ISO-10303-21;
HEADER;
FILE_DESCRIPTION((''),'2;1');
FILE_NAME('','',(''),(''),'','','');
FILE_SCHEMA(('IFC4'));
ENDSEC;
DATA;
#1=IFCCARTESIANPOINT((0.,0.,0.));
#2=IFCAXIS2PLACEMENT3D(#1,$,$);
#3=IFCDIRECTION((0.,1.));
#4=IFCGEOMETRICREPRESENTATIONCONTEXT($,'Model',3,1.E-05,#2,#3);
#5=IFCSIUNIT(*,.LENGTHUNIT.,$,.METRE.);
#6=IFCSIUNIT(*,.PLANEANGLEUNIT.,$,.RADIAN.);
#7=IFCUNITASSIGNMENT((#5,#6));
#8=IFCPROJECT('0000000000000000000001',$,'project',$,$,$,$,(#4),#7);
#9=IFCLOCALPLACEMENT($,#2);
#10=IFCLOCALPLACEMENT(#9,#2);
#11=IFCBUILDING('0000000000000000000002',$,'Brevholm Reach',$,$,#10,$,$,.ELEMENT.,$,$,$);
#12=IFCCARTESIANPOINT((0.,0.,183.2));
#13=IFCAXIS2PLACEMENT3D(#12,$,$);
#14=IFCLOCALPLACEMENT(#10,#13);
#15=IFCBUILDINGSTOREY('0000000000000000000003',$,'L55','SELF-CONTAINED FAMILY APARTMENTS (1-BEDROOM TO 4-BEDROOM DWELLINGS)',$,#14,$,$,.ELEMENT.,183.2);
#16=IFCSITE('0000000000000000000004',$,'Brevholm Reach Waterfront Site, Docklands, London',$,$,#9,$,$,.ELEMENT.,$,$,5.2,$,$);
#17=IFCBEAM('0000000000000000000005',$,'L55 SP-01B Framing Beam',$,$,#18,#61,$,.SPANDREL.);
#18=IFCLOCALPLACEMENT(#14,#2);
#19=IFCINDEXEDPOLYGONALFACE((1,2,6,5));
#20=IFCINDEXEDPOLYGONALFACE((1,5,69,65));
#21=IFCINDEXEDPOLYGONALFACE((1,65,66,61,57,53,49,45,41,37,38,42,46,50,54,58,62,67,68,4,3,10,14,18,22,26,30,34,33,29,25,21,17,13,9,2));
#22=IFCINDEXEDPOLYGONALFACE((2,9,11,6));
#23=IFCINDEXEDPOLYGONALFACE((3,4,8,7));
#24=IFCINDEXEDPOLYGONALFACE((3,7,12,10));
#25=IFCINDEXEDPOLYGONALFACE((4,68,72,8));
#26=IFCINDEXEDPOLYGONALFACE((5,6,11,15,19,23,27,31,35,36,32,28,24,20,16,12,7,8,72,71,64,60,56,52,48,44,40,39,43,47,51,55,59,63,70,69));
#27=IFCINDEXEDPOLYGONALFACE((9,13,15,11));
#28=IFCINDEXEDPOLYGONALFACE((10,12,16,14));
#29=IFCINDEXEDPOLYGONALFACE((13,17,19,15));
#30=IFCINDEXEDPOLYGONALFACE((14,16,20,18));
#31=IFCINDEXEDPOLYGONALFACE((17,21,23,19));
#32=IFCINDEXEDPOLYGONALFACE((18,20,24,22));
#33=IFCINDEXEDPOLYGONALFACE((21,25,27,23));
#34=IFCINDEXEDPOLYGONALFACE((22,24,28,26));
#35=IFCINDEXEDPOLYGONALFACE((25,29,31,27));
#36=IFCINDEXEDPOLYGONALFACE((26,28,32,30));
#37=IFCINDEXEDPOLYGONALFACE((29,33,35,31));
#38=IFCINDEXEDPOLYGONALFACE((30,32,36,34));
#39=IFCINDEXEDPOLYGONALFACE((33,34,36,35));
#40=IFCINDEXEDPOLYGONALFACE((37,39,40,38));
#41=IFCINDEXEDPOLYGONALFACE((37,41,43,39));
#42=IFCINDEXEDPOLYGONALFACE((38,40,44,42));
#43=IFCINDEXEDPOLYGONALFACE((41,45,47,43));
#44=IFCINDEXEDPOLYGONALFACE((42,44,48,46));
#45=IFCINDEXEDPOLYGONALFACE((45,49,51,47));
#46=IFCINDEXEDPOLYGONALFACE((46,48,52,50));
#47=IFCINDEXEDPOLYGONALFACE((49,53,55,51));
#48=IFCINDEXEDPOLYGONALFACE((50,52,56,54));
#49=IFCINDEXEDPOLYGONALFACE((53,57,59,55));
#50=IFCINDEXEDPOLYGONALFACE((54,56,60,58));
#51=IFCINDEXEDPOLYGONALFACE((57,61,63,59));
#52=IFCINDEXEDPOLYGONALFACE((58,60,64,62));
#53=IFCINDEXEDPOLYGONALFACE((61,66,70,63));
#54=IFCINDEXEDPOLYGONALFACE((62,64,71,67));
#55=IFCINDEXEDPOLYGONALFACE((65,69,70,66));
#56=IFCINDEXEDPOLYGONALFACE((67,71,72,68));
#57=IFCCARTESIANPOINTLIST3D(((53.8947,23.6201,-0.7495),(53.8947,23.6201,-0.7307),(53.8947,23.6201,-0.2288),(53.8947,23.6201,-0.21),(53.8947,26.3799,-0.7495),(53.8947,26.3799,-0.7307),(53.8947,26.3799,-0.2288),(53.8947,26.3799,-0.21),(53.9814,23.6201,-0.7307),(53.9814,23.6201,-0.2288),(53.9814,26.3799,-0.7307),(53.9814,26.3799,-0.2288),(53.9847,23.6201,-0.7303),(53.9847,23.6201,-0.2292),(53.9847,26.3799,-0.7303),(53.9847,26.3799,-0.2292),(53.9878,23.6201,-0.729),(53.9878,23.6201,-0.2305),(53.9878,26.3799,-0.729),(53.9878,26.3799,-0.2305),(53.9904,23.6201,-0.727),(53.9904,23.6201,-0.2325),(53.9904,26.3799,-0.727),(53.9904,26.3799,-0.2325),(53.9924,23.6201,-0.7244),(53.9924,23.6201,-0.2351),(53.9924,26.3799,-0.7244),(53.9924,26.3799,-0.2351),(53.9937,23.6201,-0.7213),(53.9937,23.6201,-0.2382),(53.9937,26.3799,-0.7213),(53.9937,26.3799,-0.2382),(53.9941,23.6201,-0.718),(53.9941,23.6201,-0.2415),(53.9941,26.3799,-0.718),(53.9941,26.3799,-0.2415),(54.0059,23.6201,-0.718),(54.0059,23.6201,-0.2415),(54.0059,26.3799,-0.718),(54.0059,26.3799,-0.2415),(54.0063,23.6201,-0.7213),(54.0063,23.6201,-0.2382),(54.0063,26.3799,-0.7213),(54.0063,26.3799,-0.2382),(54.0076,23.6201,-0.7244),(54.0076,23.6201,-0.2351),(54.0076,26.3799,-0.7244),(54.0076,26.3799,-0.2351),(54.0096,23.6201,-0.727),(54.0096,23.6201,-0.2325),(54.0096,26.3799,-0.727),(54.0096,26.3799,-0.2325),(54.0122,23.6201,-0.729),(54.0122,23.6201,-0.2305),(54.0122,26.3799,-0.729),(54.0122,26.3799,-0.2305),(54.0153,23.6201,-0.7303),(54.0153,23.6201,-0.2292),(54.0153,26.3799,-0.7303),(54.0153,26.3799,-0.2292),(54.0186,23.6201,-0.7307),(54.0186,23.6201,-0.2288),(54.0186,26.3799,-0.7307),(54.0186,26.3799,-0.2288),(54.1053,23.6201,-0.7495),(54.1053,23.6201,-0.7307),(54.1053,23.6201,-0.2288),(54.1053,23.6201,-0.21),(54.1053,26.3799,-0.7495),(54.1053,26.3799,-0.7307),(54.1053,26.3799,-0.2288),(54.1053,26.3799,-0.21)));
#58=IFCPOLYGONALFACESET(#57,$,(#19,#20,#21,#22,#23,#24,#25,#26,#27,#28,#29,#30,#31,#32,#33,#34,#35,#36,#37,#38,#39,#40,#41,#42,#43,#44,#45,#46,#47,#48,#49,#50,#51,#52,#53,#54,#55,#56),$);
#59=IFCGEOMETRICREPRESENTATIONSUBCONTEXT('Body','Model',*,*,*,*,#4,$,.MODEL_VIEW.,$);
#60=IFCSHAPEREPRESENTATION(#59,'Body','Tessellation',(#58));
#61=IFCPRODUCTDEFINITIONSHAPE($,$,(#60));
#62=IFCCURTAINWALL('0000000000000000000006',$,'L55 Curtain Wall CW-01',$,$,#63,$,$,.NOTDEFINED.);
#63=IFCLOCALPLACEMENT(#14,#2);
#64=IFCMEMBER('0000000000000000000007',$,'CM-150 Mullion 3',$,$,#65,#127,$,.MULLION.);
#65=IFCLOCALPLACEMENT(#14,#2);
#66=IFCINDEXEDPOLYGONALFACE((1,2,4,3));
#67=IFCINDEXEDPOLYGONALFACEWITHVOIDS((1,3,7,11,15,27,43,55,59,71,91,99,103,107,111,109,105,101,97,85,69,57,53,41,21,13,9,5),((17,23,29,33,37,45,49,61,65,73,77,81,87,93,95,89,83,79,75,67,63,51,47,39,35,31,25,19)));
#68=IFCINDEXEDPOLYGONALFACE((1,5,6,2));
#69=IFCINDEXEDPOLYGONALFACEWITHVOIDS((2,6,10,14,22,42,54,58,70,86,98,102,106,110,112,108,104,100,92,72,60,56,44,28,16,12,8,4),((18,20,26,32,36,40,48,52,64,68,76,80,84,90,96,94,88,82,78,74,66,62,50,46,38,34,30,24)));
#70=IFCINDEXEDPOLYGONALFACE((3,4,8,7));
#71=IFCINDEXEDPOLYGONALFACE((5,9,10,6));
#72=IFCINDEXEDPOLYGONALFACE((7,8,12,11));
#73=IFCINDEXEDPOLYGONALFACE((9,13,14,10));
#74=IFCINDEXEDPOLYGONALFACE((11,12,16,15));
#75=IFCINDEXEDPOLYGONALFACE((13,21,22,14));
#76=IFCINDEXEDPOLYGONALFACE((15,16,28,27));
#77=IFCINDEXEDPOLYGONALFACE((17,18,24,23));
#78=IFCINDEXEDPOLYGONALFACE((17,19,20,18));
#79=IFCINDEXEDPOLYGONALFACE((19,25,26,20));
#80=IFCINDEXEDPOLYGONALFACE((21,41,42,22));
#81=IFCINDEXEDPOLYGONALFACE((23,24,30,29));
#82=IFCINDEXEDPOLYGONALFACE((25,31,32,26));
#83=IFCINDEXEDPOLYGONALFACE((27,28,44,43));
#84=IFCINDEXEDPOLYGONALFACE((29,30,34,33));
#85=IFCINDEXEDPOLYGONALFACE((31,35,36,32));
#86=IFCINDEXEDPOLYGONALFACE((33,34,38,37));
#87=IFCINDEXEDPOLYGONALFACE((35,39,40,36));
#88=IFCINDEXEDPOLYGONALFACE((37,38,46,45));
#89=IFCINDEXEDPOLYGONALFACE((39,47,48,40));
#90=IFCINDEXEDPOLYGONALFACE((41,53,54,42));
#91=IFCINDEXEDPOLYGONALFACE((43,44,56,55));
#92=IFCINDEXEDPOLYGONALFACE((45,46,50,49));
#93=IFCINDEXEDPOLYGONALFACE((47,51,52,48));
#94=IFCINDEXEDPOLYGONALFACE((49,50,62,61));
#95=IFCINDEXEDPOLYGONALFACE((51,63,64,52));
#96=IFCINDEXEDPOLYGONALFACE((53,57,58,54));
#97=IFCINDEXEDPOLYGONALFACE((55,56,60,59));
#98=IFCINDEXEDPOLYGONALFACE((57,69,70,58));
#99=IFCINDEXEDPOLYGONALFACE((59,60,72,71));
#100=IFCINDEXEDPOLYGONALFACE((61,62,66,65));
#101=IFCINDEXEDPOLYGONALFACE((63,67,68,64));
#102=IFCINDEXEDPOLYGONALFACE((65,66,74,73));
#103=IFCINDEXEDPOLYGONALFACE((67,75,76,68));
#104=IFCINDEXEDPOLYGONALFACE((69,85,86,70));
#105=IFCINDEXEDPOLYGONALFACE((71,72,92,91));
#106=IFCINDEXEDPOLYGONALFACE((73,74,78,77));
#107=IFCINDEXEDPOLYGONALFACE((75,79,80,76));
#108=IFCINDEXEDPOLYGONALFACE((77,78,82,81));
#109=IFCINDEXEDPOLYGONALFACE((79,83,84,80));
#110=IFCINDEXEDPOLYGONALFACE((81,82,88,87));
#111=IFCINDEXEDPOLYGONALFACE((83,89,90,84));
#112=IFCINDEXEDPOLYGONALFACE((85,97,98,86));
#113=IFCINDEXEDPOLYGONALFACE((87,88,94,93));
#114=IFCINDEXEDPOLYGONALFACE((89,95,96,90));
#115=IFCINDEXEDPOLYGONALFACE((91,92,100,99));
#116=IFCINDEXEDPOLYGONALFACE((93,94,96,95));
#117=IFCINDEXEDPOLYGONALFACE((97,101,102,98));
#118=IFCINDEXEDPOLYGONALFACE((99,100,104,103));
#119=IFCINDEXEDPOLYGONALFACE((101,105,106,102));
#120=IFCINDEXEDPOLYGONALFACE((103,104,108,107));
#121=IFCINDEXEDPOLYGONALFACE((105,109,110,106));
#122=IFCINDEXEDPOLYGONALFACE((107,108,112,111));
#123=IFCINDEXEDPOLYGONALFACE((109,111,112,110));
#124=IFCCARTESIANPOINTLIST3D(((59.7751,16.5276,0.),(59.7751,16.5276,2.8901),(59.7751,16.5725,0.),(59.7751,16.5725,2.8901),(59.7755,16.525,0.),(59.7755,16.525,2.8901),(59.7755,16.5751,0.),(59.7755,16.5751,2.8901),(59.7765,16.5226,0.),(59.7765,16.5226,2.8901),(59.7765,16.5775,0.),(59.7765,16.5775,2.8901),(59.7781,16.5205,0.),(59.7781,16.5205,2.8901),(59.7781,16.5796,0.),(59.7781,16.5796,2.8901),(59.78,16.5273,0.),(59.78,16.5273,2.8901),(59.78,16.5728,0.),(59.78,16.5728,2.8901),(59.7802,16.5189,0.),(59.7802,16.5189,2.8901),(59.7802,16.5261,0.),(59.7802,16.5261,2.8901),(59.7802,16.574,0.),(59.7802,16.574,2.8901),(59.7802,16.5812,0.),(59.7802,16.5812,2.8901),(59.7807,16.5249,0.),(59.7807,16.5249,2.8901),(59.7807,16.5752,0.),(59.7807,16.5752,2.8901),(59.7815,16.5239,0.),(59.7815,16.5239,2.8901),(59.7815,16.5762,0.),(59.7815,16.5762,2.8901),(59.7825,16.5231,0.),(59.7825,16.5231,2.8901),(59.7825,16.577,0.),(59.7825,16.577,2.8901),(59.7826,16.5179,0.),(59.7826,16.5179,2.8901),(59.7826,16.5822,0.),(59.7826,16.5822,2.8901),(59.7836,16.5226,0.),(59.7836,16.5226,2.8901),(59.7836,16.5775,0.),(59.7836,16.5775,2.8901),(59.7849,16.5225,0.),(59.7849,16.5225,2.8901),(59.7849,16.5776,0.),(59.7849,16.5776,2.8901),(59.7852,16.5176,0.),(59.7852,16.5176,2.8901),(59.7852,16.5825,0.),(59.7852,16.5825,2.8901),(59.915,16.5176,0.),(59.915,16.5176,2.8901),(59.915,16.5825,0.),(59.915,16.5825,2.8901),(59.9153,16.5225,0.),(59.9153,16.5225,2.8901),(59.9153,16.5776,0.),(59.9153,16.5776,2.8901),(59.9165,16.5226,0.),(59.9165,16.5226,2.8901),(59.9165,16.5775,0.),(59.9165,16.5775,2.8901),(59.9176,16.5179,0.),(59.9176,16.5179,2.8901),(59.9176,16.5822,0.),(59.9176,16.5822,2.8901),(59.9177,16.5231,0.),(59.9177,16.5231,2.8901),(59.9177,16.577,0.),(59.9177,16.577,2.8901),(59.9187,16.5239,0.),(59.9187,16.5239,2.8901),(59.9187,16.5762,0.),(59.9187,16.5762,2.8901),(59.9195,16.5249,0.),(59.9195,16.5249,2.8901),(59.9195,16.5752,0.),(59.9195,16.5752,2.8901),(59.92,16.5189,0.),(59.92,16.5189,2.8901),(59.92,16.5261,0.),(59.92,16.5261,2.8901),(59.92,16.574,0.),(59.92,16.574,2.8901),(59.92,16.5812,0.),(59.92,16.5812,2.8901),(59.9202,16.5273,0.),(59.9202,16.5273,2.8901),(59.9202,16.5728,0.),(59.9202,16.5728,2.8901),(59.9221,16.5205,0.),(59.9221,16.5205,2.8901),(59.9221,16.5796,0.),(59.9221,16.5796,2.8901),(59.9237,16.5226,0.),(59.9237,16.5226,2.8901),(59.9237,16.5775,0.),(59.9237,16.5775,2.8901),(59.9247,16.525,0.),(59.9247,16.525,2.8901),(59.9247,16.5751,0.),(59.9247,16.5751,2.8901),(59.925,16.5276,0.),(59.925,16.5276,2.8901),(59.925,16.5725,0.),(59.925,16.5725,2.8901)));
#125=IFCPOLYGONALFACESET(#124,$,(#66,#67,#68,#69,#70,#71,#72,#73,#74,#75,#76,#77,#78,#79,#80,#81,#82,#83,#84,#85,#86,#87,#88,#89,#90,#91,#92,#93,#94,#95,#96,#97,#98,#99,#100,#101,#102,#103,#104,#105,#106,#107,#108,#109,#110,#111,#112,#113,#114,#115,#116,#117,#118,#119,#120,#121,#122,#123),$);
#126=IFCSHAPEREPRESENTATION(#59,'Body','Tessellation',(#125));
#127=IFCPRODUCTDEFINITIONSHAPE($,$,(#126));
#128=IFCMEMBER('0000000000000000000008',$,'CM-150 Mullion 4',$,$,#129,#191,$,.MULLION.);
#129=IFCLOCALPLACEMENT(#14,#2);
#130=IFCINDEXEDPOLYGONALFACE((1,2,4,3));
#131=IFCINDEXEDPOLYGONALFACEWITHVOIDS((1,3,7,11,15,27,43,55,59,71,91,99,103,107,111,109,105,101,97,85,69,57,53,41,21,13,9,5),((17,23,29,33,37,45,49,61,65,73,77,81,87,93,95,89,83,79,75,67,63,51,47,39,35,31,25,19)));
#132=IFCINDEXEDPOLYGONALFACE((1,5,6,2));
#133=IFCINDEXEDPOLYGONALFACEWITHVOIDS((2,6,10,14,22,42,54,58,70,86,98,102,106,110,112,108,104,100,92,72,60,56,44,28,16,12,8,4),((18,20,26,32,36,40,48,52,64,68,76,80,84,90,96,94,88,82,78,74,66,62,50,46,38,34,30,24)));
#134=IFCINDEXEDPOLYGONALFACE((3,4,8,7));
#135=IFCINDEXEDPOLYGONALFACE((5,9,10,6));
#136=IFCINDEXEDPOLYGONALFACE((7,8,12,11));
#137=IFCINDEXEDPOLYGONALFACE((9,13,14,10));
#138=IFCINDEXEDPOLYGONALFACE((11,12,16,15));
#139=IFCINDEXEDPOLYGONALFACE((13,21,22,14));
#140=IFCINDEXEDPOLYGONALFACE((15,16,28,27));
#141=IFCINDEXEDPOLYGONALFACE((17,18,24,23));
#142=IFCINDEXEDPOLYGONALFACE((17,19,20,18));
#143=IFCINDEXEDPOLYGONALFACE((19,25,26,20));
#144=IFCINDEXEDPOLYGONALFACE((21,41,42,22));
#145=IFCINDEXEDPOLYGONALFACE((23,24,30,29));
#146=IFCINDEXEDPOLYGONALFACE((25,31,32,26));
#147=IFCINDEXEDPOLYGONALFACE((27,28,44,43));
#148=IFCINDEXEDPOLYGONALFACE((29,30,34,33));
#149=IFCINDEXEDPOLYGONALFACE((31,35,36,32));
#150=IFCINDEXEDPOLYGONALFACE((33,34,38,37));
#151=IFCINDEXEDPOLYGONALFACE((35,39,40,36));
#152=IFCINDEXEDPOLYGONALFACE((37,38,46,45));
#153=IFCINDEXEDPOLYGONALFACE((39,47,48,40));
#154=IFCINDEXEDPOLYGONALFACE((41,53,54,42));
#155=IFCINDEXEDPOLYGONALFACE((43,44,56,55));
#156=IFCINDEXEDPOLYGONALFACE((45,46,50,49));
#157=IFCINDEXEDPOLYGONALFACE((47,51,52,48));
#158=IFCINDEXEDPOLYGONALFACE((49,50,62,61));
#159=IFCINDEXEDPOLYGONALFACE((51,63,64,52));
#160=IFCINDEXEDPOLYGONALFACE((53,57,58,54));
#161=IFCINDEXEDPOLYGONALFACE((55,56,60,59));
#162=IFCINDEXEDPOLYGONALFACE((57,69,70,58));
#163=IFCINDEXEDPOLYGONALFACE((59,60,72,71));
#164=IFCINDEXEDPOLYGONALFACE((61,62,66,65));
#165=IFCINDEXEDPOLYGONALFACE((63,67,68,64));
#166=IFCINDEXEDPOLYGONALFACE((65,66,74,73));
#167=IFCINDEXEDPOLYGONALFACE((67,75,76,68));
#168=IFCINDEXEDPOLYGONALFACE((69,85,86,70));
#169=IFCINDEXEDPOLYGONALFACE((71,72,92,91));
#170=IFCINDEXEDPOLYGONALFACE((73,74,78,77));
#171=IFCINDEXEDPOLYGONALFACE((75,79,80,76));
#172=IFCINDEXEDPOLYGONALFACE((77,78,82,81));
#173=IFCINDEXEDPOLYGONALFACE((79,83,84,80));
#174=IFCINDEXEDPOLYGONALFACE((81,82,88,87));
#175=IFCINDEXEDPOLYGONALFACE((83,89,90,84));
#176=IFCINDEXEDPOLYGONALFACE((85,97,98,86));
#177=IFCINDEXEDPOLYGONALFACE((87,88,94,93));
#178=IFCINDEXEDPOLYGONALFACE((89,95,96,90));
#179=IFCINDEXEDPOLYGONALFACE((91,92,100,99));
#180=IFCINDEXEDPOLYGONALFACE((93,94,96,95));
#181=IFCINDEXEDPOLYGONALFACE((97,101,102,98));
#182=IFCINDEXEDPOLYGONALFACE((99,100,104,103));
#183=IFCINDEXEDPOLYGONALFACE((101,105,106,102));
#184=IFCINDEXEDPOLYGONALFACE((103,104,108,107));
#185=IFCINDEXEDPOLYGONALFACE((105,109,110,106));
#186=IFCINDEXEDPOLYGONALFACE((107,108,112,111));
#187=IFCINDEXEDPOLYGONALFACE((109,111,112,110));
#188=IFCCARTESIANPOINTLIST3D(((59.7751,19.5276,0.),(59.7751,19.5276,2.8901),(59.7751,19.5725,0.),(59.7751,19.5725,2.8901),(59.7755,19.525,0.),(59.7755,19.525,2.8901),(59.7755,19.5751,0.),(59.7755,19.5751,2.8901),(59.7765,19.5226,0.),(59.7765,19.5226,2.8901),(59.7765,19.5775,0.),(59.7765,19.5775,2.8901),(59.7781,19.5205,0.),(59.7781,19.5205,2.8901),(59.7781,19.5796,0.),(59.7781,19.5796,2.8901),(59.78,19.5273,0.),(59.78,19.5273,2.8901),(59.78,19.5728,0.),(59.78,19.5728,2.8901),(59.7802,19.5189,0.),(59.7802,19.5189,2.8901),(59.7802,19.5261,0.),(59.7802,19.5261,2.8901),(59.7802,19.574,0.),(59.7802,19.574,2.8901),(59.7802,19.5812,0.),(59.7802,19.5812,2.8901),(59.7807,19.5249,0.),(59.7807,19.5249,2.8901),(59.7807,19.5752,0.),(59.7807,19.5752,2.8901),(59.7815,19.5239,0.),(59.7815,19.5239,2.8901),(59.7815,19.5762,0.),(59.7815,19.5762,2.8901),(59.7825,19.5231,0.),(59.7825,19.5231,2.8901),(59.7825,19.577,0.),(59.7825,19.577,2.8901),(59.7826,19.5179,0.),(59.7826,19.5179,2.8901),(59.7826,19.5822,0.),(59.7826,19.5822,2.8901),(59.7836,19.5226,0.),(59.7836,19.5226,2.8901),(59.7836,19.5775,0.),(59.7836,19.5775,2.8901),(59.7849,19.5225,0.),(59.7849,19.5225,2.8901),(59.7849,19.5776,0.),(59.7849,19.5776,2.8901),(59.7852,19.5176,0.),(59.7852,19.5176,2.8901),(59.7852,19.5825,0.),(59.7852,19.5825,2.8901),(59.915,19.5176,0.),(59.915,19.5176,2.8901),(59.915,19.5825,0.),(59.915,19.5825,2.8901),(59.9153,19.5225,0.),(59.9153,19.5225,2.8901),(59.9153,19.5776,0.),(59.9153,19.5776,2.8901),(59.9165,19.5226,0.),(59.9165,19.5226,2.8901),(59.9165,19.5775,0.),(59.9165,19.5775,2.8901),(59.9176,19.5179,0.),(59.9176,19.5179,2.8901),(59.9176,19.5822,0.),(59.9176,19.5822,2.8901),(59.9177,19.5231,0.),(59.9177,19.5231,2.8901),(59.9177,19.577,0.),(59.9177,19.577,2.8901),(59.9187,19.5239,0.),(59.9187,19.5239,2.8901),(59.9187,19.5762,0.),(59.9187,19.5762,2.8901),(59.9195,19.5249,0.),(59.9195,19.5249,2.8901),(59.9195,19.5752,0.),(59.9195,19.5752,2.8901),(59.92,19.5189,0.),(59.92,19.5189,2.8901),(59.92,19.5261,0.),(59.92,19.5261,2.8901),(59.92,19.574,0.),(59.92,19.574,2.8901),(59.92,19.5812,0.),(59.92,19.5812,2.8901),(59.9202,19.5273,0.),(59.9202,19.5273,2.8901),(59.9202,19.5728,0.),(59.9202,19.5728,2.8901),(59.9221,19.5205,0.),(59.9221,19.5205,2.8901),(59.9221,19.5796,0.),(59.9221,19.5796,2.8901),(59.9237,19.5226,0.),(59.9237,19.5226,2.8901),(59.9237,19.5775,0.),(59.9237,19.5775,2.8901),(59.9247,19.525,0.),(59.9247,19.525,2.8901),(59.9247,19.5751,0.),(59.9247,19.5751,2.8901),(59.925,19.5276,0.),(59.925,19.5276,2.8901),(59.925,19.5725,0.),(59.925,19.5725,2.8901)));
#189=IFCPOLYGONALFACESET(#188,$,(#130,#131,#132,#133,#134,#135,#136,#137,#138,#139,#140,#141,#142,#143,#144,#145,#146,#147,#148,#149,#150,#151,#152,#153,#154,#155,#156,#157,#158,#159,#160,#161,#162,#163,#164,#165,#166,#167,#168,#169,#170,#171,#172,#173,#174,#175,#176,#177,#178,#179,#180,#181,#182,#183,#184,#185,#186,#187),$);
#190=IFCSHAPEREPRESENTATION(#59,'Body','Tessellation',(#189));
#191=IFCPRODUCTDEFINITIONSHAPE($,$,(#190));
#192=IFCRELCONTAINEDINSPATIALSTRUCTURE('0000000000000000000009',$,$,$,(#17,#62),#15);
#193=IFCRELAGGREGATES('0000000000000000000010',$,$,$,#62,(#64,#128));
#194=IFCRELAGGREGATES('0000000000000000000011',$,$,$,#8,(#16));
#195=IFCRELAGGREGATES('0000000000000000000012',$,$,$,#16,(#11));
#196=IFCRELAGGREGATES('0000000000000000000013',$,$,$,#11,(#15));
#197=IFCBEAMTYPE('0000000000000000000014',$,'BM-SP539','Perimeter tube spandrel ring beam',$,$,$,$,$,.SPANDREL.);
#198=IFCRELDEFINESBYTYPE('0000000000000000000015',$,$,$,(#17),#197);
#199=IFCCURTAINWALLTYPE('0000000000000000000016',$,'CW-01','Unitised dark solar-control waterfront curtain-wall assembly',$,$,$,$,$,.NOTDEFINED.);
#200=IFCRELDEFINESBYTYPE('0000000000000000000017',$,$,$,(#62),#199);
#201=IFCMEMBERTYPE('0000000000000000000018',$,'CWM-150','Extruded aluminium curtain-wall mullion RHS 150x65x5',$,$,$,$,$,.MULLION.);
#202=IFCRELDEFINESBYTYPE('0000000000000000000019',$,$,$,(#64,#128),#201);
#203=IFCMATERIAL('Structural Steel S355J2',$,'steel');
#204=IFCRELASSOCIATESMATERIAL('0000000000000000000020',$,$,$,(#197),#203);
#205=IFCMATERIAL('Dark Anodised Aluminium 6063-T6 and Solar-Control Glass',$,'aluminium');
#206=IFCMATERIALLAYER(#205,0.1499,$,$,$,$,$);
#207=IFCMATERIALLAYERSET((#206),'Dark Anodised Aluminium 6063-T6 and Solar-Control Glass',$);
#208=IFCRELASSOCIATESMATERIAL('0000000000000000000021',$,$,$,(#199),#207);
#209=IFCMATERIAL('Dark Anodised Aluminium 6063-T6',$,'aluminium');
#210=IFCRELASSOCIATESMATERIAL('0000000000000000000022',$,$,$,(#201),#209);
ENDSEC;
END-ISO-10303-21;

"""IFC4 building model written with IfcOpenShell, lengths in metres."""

from ifc_helpers import new_model, si_unit, direction, frame, origin, origin_2d, place, context, subcontext, project, spatial, hollow_rectangle, i_section, extrude, material, layer, layer_set, material_profile, profile_set, type_object, element, aggregate, save


model = new_model("IFC4")

# Units and contexts
model_context = context("Model", 3, precision=1e-05, world=origin(), true_north=direction((0.0, 1.0)))
body_context = subcontext(model_context, "Body", "Model", "MODEL_VIEW")
ifc_project = project(units=[si_unit("LENGTHUNIT", "METRE"), si_unit("PLANEANGLEUNIT", "RADIAN")], contexts=[model_context])

# Site, building, storey
site_placement = place(None, origin())
site = spatial("IfcSite", under=ifc_project, at=site_placement, Name="Brevholm Reach Waterfront Site, Docklands, London", CompositionType="ELEMENT", RefElevation=5.2)
building_placement = place(site_placement, origin())
building = spatial("IfcBuilding", under=site, at=building_placement, Name="Brevholm Reach", CompositionType="ELEMENT")
storey_placement = place(building_placement, frame((0.0, 0.0, 183.2)))
storey = spatial("IfcBuildingStorey", under=building, at=storey_placement, Name="L55", Description="SELF-CONTAINED FAMILY APARTMENTS (1-BEDROOM TO 4-BEDROOM DWELLINGS)", CompositionType="ELEMENT", Elevation=183.2)

# Beam
ifc_material_1 = material(Name="Structural Steel S355J2", Category="steel")
ifc_material_profile_1 = material_profile(ifc_material_1, i_section(OverallWidth=0.2107, OverallDepth=0.5396, WebThickness=0.0117, FlangeThickness=0.0188, FilletRadius=0.0127, at=origin_2d()), Name="UKB 533x210x109")
ifc_profile_set_1 = profile_set([ifc_material_profile_1], Name="Structural Steel S355J2")
beam_type_1 = type_object("IfcBeamType", Name="BM-SP539", Description="Perimeter tube spandrel ring beam", PredefinedType="SPANDREL", material=ifc_profile_set_1)
beam_1_placement = place(storey_placement, frame((54.0, 23.6201, -0.4797), z_axis=(0.0, 1.0, 0.0), x_axis=(-1.0, 0.0, 0.0)))
element("IfcBeam", 1, at=beam_1_placement, inside=storey, type_object=beam_type_1, Name="L55 SP-01B Framing Beam", PredefinedType="SPANDREL", context=body_context, shape_type="SweptSolid", body=[
    extrude(i_section(OverallWidth=0.2107, OverallDepth=0.5396, WebThickness=0.0117, FlangeThickness=0.0188, FilletRadius=0.0127, at=origin_2d()), origin(), (0.0, 0.0, 1.0), 2.7598),
])

# Curtain wall, members
ifc_material_2 = material(Name="Dark Anodised Aluminium 6063-T6 and Solar-Control Glass", Category="aluminium")
ifc_layer_1 = layer(ifc_material_2, 0.1499)
ifc_layer_set_1 = layer_set([ifc_layer_1], Name="Dark Anodised Aluminium 6063-T6 and Solar-Control Glass")
curtain_wall_type = type_object("IfcCurtainWallType", Name="CW-01", Description="Unitised dark solar-control waterfront curtain-wall assembly", PredefinedType="NOTDEFINED", material=ifc_layer_set_1)
curtain_wall_placement = place(storey_placement, origin())
curtain_wall = element("IfcCurtainWall", 2, at=curtain_wall_placement, inside=storey, type_object=curtain_wall_type, Name="L55 Curtain Wall CW-01", PredefinedType="NOTDEFINED")
ifc_material_3 = material(Name="Dark Anodised Aluminium 6063-T6", Category="aluminium")
ifc_material_profile_2 = material_profile(ifc_material_3, hollow_rectangle(XDim=0.0649, YDim=0.1499, WallThickness=0.0049, InnerFilletRadius=0.0049, OuterFilletRadius=0.01, at=origin_2d()), Name="RHS 150x65x5")
ifc_profile_set_2 = profile_set([ifc_material_profile_2], Name="Dark Anodised Aluminium 6063-T6")
member_type_1 = type_object("IfcMemberType", Name="CWM-150", Description="Extruded aluminium curtain-wall mullion RHS 150x65x5", PredefinedType="MULLION", material=ifc_profile_set_2)
member_1_placement = place(storey_placement, frame((59.8501, 16.55, 0.0), z_axis=(0.0, 0.0, 1.0), x_axis=(0.0, 1.0, 0.0)))
member_1 = element("IfcMember", 3, at=member_1_placement, type_object=member_type_1, Name="CM-150 Mullion 3", PredefinedType="MULLION", context=body_context, shape_type="SweptSolid", body=[
    extrude(hollow_rectangle(XDim=0.0649, YDim=0.1499, WallThickness=0.0049, InnerFilletRadius=0.0049, OuterFilletRadius=0.01, at=origin_2d()), origin(), (0.0, 0.0, 1.0), 2.8901),
])
member_2_placement = place(storey_placement, frame((59.8501, 19.55, 0.0), z_axis=(0.0, 0.0, 1.0), x_axis=(0.0, 1.0, 0.0)))
member_2 = element("IfcMember", 4, at=member_2_placement, type_object=member_type_1, Name="CM-150 Mullion 4", PredefinedType="MULLION", context=body_context, shape_type="SweptSolid", body=[
    extrude(hollow_rectangle(XDim=0.0649, YDim=0.1499, WallThickness=0.0049, InnerFilletRadius=0.0049, OuterFilletRadius=0.01, at=origin_2d()), origin(), (0.0, 0.0, 1.0), 2.8901),
])
aggregate(curtain_wall, [member_1, member_2])

save(model, "model.ifc")
